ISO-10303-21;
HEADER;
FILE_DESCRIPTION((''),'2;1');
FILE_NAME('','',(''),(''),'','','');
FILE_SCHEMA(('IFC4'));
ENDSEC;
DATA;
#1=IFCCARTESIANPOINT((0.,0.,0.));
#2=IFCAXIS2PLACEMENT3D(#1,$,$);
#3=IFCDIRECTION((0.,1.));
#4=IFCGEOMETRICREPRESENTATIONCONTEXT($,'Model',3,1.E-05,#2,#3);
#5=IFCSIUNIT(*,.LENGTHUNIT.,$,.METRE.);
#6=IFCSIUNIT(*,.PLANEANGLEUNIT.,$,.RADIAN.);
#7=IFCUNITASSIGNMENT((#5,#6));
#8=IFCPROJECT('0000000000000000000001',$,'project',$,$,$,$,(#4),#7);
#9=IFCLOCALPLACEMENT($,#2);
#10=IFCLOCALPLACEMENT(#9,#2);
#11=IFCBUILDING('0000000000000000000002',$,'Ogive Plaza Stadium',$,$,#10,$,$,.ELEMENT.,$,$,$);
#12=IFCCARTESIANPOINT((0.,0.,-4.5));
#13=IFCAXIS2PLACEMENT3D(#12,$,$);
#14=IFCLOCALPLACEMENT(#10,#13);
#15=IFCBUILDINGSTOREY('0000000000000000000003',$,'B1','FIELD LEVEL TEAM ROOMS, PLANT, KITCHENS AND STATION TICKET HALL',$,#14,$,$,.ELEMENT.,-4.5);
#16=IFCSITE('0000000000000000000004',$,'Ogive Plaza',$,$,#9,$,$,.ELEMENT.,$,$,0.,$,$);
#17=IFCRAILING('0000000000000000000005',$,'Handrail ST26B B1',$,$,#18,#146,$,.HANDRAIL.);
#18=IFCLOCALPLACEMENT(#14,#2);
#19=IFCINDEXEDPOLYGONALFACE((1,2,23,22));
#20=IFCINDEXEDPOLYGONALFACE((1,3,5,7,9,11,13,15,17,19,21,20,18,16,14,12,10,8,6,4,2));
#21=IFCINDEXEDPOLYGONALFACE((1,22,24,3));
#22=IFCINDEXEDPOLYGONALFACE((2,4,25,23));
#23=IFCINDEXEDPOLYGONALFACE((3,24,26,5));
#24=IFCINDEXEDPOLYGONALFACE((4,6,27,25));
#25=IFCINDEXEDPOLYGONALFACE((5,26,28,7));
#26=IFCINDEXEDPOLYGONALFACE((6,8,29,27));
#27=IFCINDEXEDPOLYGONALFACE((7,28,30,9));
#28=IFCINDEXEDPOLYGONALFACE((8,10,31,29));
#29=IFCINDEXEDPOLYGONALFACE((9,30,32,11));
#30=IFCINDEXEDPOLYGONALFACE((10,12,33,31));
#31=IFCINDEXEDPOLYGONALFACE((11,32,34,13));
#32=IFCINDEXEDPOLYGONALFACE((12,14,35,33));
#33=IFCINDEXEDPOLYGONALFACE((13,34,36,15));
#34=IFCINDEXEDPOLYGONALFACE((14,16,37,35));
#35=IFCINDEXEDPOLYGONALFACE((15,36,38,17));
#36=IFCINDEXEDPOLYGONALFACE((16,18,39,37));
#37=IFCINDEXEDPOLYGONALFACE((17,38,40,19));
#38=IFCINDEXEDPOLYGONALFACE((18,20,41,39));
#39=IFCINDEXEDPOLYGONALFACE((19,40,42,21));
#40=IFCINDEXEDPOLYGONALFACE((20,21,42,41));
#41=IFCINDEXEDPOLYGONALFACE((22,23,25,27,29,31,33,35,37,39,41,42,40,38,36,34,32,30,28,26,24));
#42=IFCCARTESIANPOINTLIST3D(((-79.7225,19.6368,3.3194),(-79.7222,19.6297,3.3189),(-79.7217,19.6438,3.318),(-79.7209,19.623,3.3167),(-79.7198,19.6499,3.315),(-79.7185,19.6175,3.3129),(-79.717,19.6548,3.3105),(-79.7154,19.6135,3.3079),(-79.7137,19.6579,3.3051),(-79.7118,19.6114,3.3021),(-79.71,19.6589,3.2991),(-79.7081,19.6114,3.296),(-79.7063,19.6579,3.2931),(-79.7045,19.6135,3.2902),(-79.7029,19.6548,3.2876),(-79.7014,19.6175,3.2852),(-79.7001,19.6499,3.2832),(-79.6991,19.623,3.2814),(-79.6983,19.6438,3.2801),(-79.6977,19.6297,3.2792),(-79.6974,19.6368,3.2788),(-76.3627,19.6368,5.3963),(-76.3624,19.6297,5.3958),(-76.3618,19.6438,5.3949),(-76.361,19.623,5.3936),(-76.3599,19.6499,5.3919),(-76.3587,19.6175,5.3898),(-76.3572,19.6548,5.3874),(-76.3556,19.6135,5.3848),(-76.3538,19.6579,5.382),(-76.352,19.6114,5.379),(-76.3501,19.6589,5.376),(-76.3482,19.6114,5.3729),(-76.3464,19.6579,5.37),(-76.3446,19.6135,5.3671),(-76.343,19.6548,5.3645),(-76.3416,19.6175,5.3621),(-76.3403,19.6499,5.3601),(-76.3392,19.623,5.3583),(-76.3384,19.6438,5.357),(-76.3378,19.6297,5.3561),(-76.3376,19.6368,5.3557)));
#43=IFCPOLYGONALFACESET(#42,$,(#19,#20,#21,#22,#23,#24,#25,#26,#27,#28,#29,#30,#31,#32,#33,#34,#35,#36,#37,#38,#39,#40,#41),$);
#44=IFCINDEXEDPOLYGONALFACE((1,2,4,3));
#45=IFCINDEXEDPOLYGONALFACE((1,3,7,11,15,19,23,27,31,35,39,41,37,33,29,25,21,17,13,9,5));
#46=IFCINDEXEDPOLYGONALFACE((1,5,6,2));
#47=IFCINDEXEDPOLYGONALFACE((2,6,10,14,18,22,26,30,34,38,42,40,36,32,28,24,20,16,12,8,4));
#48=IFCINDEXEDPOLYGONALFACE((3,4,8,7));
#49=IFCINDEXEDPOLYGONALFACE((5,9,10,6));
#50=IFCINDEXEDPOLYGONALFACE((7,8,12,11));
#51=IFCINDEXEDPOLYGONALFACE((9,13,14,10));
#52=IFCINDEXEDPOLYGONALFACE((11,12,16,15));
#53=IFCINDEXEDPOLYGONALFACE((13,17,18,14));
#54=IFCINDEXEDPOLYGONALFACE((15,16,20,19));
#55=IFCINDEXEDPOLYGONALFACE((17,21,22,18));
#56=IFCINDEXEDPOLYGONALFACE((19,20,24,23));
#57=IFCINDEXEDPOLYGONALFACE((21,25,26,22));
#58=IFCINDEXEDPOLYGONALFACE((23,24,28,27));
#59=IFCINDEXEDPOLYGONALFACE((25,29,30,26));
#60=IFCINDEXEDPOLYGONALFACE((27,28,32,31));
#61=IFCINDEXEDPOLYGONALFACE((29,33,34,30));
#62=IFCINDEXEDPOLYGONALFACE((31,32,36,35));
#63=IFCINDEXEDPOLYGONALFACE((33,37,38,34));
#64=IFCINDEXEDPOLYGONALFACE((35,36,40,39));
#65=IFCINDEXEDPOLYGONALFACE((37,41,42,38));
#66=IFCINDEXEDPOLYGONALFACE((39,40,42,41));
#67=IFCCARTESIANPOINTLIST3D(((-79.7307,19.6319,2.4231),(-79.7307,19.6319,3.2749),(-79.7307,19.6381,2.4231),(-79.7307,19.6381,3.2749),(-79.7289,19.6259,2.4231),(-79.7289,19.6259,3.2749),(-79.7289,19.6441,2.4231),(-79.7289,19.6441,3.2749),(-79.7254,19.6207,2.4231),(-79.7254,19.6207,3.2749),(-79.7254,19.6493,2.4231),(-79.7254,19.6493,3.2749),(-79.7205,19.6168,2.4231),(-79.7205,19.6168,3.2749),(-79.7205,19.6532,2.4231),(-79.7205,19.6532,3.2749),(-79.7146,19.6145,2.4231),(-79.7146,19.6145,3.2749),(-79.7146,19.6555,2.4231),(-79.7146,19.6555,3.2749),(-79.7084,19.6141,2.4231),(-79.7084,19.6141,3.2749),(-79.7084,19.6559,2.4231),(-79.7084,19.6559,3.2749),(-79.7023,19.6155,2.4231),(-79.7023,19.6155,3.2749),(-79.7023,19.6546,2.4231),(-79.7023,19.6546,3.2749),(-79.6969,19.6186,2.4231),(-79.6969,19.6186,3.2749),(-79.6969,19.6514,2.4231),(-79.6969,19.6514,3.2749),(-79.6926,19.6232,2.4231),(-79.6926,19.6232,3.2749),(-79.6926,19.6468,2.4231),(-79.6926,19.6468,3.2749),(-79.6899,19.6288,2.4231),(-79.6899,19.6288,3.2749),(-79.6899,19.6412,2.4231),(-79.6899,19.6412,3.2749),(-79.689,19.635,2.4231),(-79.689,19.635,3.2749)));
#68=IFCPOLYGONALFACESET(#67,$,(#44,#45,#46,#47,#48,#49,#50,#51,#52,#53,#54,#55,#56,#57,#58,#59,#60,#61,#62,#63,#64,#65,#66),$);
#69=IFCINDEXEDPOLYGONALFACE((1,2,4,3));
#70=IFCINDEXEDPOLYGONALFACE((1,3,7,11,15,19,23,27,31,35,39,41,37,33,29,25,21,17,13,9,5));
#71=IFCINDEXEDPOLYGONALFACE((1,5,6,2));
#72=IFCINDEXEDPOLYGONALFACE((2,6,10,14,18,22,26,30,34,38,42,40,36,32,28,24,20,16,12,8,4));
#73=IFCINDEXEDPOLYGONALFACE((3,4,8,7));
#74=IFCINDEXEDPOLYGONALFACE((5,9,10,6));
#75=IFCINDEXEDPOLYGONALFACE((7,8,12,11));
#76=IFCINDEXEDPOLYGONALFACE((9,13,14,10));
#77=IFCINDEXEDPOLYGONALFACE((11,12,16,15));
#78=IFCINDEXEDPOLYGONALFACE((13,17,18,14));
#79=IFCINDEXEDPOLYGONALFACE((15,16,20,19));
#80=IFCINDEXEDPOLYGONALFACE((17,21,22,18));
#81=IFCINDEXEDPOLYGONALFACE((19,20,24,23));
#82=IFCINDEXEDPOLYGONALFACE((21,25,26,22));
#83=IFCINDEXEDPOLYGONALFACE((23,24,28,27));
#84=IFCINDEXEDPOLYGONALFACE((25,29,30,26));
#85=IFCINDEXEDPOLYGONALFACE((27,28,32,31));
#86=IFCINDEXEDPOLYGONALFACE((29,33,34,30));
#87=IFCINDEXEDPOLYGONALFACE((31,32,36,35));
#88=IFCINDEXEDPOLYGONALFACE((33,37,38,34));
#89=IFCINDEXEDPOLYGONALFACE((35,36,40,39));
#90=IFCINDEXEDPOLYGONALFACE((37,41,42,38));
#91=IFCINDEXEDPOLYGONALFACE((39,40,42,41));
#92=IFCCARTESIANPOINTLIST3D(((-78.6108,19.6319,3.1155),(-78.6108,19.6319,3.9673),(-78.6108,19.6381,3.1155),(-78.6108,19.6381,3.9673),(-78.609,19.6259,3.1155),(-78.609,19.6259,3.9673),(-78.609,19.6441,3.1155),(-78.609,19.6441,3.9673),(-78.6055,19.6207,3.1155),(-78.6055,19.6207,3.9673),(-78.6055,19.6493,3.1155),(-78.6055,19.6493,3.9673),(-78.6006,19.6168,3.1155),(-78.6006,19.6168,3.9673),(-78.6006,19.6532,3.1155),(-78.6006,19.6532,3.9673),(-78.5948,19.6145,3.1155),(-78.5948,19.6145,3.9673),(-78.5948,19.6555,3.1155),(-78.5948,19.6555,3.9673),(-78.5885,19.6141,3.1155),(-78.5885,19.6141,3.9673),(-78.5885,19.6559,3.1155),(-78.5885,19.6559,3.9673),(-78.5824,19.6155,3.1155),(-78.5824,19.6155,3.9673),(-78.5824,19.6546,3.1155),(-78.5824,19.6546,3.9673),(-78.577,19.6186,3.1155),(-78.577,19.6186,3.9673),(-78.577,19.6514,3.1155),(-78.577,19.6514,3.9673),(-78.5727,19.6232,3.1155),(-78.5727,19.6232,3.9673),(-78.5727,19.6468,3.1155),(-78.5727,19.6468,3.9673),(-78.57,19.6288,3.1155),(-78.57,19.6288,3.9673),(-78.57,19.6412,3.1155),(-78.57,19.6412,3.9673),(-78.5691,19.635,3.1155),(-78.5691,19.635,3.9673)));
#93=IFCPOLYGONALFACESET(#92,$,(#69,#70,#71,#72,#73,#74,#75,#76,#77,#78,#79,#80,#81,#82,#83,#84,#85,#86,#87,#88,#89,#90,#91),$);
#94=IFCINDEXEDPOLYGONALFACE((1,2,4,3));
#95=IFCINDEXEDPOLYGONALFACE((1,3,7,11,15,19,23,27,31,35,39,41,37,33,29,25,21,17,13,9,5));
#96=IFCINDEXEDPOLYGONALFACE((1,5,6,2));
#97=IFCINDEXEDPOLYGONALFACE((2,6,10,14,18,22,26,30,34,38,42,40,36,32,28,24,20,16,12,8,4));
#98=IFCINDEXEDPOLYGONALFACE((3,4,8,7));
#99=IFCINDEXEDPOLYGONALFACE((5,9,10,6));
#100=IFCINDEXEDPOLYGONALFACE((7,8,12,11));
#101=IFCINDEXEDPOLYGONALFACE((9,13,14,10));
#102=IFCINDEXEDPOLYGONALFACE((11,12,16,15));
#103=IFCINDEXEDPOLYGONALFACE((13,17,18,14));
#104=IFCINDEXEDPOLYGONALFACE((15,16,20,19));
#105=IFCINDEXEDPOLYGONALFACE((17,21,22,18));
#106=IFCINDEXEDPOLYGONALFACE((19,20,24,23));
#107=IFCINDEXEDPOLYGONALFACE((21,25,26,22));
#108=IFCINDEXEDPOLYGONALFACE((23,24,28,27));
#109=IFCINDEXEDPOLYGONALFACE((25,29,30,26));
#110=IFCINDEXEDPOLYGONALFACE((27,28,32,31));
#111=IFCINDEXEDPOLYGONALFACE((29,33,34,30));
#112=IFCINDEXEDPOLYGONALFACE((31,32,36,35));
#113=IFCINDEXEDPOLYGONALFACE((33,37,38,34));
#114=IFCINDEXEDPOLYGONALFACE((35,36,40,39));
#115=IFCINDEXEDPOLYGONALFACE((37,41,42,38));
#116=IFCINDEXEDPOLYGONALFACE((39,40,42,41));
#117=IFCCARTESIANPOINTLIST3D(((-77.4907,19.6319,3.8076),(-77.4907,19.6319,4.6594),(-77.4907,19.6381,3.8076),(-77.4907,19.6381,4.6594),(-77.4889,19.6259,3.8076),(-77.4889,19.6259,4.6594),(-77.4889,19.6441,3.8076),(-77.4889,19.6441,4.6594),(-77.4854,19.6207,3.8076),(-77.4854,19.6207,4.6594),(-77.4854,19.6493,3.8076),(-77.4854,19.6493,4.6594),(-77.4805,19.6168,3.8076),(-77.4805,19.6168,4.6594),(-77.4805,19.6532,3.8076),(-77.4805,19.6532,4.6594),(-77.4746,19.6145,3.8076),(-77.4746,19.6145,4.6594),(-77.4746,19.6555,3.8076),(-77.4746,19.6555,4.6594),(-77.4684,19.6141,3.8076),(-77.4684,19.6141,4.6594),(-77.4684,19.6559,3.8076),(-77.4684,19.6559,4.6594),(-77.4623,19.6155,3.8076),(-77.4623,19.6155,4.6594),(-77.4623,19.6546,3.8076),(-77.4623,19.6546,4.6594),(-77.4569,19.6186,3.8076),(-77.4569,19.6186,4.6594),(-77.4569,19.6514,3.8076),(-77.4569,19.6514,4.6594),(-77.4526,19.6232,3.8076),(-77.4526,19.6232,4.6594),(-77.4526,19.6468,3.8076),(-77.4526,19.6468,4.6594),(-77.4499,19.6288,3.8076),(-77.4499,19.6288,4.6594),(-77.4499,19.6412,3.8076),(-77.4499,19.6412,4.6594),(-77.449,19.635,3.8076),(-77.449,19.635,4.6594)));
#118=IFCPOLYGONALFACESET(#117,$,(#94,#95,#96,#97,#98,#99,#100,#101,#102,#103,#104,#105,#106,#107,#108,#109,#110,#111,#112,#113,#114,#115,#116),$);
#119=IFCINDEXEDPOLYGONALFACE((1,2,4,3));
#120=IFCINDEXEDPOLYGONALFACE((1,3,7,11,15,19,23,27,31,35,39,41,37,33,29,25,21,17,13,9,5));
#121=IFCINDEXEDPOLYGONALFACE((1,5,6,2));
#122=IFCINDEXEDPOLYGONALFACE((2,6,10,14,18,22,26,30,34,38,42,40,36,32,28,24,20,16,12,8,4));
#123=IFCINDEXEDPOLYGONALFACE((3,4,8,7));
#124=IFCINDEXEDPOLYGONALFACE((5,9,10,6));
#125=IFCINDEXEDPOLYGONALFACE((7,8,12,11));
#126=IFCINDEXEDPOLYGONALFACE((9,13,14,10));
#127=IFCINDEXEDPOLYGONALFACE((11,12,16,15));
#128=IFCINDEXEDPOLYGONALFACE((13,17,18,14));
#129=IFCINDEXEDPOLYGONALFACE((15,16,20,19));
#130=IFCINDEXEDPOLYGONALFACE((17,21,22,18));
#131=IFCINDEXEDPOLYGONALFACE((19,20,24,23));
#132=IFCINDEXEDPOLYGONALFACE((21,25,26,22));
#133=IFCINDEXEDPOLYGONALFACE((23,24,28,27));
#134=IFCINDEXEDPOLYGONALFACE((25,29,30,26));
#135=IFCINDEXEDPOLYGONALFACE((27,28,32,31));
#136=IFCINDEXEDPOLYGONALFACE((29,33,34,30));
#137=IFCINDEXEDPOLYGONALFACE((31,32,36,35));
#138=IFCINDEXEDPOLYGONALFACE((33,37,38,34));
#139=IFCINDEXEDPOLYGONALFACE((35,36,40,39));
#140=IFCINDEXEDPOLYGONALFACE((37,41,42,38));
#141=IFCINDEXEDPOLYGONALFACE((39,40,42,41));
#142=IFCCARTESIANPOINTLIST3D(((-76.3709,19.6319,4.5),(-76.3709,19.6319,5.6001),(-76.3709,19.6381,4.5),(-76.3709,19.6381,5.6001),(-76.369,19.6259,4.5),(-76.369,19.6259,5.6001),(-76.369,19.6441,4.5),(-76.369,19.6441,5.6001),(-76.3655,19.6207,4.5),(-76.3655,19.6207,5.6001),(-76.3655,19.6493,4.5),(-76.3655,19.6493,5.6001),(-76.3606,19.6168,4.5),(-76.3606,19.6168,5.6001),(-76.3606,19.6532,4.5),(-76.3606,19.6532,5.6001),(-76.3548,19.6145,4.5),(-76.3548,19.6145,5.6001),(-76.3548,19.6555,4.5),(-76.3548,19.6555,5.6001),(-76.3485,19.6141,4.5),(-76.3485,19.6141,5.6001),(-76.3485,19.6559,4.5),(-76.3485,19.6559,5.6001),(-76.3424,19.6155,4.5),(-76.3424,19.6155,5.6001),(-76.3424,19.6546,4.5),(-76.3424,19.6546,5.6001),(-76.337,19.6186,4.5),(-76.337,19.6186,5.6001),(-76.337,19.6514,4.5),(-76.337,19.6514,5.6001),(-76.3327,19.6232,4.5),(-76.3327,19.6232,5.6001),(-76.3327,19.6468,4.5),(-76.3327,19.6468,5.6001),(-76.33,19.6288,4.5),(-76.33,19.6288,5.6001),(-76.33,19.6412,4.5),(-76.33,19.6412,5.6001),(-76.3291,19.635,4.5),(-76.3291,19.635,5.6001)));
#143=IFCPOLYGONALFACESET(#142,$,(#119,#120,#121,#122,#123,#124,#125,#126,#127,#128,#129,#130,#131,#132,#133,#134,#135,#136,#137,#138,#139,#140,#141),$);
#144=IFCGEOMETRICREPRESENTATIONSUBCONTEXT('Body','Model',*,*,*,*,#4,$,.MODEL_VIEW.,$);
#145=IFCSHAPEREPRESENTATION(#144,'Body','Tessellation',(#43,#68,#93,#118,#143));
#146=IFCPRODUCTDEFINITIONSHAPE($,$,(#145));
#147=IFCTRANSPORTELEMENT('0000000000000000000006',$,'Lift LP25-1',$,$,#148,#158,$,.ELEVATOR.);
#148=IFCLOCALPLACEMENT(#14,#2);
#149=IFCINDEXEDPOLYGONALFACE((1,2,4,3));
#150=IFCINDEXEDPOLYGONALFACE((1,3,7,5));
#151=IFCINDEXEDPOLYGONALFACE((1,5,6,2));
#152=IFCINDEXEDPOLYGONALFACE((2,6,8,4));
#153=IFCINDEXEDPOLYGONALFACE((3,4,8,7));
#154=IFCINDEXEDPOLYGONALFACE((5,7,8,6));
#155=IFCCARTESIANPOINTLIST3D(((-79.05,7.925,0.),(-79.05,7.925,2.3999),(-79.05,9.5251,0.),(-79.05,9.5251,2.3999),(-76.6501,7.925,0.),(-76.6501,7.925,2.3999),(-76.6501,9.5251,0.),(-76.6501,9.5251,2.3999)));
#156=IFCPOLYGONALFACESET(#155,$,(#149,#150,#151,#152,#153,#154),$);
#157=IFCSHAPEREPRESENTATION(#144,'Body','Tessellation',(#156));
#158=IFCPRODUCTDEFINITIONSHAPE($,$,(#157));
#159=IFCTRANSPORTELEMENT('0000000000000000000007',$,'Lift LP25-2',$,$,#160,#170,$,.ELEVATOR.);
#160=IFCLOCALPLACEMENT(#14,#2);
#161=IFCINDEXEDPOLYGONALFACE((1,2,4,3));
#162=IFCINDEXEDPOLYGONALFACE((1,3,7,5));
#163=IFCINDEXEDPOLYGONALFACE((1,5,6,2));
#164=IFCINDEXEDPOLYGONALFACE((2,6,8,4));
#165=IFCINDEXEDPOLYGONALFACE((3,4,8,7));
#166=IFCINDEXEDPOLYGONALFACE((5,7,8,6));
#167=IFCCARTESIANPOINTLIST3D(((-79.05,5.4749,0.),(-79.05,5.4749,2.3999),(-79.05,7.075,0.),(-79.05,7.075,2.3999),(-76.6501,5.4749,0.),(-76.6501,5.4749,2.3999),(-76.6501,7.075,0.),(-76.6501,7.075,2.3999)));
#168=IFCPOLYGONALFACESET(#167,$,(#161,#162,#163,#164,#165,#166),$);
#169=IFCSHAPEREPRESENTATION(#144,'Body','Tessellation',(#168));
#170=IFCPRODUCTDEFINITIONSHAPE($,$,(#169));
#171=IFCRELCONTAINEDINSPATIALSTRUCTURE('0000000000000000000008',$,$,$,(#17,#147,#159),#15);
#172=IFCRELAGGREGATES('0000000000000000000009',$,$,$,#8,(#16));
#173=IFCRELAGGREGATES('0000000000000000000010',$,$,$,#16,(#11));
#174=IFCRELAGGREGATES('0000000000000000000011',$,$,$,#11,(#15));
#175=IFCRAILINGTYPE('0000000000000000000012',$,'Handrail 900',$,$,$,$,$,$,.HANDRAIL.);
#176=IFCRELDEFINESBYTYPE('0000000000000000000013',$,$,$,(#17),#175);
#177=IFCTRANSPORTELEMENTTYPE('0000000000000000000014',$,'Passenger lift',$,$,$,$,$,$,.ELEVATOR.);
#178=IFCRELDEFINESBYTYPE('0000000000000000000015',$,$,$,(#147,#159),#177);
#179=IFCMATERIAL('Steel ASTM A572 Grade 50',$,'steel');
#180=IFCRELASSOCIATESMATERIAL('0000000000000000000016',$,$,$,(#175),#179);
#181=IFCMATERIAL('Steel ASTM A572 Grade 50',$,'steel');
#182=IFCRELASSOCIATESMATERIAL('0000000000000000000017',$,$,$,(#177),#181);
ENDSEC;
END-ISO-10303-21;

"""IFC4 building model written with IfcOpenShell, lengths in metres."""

from ifc_helpers import new_model, si_unit, direction, frame, origin, origin_2d, place, context, subcontext, project, spatial, rectangle, circle, extrude, material, type_object, element, save


model = new_model("IFC4")

# Units and contexts
model_context = context("Model", 3, precision=1e-05, world=origin(), true_north=direction((0.0, 1.0)))
body_context = subcontext(model_context, "Body", "Model", "MODEL_VIEW")
ifc_project = project(units=[si_unit("LENGTHUNIT", "METRE"), si_unit("PLANEANGLEUNIT", "RADIAN")], contexts=[model_context])

# Site, building, storey
site_placement = place(None, origin())
site = spatial("IfcSite", under=ifc_project, at=site_placement, Name="Ogive Plaza", CompositionType="ELEMENT", RefElevation=0.0)
building_placement = place(site_placement, origin())
building = spatial("IfcBuilding", under=site, at=building_placement, Name="Ogive Plaza Stadium", CompositionType="ELEMENT")
storey_placement = place(building_placement, frame((0.0, 0.0, -4.5)))
storey = spatial("IfcBuildingStorey", under=building, at=storey_placement, Name="B1", Description="FIELD LEVEL TEAM ROOMS, PLANT, KITCHENS AND STATION TICKET HALL", CompositionType="ELEMENT", Elevation=-4.5)

# Railing
ifc_material_1 = material(Name="Steel ASTM A572 Grade 50", Category="steel")
railing_type_1 = type_object("IfcRailingType", Name="Handrail 900", PredefinedType="HANDRAIL", material=ifc_material_1)
for number, where, name in (
    (1, (-79.71, 19.635, 2.4231), "Handrail ST26B B1"),
):
    element("IfcRailing", number, at=place(storey_placement, frame(where)), inside=storey, type_object=railing_type_1, Name=name, PredefinedType="HANDRAIL", context=body_context, shape_type="SweptSolid", body=[
        extrude(circle(Radius=0.0239, at=origin_2d()), frame((0.0, 0.0, 0.876), z_axis=(0.850606, 0.0, 0.525803), x_axis=(0.0, 1.0, 0.0)), (0.0, 0.0, 1.0), 3.95),
        extrude(circle(Radius=0.021, at=origin_2d()), origin(), (0.0, 0.0, 1.0), 0.8518),
        extrude(circle(Radius=0.021, at=origin_2d()), frame((1.1199, 0.0, 0.6924)), (0.0, 0.0, 1.0), 0.8518),
        extrude(circle(Radius=0.021, at=origin_2d()), frame((2.24, 0.0, 1.3845)), (0.0, 0.0, 1.0), 0.8518),
        extrude(circle(Radius=0.021, at=origin_2d()), frame((3.3599, 0.0, 2.0769)), (0.0, 0.0, 1.0), 1.1001),
    ])

# Transport elements
ifc_material_2 = material(Name="Steel ASTM A572 Grade 50", Category="steel")
transport_element_type = type_object("IfcTransportElementType", Name="Passenger lift", PredefinedType="ELEVATOR", material=ifc_material_2)
for number, where, z_axis, x_axis, name in (
    (2, (-77.8501, 8.7251, 0.0), (0.0, 0.0, 1.0), (-1.0, 0.0, 0.0), "Lift LP25-1"),
    (3, (-77.8501, 6.2749, 0.0), (0.0, 0.0, 1.0), (-1.0, 0.0, 0.0), "Lift LP25-2"),
):
    element("IfcTransportElement", number, at=place(storey_placement, frame(where, z_axis=z_axis, x_axis=x_axis)), inside=storey, type_object=transport_element_type, Name=name, PredefinedType="ELEVATOR", context=body_context, shape_type="SweptSolid", body=[
        extrude(rectangle(XDim=2.3999, YDim=1.6001, at=origin_2d()), origin(), (0.0, 0.0, 1.0), 2.3999),
    ])

save(model, "model.ifc")
